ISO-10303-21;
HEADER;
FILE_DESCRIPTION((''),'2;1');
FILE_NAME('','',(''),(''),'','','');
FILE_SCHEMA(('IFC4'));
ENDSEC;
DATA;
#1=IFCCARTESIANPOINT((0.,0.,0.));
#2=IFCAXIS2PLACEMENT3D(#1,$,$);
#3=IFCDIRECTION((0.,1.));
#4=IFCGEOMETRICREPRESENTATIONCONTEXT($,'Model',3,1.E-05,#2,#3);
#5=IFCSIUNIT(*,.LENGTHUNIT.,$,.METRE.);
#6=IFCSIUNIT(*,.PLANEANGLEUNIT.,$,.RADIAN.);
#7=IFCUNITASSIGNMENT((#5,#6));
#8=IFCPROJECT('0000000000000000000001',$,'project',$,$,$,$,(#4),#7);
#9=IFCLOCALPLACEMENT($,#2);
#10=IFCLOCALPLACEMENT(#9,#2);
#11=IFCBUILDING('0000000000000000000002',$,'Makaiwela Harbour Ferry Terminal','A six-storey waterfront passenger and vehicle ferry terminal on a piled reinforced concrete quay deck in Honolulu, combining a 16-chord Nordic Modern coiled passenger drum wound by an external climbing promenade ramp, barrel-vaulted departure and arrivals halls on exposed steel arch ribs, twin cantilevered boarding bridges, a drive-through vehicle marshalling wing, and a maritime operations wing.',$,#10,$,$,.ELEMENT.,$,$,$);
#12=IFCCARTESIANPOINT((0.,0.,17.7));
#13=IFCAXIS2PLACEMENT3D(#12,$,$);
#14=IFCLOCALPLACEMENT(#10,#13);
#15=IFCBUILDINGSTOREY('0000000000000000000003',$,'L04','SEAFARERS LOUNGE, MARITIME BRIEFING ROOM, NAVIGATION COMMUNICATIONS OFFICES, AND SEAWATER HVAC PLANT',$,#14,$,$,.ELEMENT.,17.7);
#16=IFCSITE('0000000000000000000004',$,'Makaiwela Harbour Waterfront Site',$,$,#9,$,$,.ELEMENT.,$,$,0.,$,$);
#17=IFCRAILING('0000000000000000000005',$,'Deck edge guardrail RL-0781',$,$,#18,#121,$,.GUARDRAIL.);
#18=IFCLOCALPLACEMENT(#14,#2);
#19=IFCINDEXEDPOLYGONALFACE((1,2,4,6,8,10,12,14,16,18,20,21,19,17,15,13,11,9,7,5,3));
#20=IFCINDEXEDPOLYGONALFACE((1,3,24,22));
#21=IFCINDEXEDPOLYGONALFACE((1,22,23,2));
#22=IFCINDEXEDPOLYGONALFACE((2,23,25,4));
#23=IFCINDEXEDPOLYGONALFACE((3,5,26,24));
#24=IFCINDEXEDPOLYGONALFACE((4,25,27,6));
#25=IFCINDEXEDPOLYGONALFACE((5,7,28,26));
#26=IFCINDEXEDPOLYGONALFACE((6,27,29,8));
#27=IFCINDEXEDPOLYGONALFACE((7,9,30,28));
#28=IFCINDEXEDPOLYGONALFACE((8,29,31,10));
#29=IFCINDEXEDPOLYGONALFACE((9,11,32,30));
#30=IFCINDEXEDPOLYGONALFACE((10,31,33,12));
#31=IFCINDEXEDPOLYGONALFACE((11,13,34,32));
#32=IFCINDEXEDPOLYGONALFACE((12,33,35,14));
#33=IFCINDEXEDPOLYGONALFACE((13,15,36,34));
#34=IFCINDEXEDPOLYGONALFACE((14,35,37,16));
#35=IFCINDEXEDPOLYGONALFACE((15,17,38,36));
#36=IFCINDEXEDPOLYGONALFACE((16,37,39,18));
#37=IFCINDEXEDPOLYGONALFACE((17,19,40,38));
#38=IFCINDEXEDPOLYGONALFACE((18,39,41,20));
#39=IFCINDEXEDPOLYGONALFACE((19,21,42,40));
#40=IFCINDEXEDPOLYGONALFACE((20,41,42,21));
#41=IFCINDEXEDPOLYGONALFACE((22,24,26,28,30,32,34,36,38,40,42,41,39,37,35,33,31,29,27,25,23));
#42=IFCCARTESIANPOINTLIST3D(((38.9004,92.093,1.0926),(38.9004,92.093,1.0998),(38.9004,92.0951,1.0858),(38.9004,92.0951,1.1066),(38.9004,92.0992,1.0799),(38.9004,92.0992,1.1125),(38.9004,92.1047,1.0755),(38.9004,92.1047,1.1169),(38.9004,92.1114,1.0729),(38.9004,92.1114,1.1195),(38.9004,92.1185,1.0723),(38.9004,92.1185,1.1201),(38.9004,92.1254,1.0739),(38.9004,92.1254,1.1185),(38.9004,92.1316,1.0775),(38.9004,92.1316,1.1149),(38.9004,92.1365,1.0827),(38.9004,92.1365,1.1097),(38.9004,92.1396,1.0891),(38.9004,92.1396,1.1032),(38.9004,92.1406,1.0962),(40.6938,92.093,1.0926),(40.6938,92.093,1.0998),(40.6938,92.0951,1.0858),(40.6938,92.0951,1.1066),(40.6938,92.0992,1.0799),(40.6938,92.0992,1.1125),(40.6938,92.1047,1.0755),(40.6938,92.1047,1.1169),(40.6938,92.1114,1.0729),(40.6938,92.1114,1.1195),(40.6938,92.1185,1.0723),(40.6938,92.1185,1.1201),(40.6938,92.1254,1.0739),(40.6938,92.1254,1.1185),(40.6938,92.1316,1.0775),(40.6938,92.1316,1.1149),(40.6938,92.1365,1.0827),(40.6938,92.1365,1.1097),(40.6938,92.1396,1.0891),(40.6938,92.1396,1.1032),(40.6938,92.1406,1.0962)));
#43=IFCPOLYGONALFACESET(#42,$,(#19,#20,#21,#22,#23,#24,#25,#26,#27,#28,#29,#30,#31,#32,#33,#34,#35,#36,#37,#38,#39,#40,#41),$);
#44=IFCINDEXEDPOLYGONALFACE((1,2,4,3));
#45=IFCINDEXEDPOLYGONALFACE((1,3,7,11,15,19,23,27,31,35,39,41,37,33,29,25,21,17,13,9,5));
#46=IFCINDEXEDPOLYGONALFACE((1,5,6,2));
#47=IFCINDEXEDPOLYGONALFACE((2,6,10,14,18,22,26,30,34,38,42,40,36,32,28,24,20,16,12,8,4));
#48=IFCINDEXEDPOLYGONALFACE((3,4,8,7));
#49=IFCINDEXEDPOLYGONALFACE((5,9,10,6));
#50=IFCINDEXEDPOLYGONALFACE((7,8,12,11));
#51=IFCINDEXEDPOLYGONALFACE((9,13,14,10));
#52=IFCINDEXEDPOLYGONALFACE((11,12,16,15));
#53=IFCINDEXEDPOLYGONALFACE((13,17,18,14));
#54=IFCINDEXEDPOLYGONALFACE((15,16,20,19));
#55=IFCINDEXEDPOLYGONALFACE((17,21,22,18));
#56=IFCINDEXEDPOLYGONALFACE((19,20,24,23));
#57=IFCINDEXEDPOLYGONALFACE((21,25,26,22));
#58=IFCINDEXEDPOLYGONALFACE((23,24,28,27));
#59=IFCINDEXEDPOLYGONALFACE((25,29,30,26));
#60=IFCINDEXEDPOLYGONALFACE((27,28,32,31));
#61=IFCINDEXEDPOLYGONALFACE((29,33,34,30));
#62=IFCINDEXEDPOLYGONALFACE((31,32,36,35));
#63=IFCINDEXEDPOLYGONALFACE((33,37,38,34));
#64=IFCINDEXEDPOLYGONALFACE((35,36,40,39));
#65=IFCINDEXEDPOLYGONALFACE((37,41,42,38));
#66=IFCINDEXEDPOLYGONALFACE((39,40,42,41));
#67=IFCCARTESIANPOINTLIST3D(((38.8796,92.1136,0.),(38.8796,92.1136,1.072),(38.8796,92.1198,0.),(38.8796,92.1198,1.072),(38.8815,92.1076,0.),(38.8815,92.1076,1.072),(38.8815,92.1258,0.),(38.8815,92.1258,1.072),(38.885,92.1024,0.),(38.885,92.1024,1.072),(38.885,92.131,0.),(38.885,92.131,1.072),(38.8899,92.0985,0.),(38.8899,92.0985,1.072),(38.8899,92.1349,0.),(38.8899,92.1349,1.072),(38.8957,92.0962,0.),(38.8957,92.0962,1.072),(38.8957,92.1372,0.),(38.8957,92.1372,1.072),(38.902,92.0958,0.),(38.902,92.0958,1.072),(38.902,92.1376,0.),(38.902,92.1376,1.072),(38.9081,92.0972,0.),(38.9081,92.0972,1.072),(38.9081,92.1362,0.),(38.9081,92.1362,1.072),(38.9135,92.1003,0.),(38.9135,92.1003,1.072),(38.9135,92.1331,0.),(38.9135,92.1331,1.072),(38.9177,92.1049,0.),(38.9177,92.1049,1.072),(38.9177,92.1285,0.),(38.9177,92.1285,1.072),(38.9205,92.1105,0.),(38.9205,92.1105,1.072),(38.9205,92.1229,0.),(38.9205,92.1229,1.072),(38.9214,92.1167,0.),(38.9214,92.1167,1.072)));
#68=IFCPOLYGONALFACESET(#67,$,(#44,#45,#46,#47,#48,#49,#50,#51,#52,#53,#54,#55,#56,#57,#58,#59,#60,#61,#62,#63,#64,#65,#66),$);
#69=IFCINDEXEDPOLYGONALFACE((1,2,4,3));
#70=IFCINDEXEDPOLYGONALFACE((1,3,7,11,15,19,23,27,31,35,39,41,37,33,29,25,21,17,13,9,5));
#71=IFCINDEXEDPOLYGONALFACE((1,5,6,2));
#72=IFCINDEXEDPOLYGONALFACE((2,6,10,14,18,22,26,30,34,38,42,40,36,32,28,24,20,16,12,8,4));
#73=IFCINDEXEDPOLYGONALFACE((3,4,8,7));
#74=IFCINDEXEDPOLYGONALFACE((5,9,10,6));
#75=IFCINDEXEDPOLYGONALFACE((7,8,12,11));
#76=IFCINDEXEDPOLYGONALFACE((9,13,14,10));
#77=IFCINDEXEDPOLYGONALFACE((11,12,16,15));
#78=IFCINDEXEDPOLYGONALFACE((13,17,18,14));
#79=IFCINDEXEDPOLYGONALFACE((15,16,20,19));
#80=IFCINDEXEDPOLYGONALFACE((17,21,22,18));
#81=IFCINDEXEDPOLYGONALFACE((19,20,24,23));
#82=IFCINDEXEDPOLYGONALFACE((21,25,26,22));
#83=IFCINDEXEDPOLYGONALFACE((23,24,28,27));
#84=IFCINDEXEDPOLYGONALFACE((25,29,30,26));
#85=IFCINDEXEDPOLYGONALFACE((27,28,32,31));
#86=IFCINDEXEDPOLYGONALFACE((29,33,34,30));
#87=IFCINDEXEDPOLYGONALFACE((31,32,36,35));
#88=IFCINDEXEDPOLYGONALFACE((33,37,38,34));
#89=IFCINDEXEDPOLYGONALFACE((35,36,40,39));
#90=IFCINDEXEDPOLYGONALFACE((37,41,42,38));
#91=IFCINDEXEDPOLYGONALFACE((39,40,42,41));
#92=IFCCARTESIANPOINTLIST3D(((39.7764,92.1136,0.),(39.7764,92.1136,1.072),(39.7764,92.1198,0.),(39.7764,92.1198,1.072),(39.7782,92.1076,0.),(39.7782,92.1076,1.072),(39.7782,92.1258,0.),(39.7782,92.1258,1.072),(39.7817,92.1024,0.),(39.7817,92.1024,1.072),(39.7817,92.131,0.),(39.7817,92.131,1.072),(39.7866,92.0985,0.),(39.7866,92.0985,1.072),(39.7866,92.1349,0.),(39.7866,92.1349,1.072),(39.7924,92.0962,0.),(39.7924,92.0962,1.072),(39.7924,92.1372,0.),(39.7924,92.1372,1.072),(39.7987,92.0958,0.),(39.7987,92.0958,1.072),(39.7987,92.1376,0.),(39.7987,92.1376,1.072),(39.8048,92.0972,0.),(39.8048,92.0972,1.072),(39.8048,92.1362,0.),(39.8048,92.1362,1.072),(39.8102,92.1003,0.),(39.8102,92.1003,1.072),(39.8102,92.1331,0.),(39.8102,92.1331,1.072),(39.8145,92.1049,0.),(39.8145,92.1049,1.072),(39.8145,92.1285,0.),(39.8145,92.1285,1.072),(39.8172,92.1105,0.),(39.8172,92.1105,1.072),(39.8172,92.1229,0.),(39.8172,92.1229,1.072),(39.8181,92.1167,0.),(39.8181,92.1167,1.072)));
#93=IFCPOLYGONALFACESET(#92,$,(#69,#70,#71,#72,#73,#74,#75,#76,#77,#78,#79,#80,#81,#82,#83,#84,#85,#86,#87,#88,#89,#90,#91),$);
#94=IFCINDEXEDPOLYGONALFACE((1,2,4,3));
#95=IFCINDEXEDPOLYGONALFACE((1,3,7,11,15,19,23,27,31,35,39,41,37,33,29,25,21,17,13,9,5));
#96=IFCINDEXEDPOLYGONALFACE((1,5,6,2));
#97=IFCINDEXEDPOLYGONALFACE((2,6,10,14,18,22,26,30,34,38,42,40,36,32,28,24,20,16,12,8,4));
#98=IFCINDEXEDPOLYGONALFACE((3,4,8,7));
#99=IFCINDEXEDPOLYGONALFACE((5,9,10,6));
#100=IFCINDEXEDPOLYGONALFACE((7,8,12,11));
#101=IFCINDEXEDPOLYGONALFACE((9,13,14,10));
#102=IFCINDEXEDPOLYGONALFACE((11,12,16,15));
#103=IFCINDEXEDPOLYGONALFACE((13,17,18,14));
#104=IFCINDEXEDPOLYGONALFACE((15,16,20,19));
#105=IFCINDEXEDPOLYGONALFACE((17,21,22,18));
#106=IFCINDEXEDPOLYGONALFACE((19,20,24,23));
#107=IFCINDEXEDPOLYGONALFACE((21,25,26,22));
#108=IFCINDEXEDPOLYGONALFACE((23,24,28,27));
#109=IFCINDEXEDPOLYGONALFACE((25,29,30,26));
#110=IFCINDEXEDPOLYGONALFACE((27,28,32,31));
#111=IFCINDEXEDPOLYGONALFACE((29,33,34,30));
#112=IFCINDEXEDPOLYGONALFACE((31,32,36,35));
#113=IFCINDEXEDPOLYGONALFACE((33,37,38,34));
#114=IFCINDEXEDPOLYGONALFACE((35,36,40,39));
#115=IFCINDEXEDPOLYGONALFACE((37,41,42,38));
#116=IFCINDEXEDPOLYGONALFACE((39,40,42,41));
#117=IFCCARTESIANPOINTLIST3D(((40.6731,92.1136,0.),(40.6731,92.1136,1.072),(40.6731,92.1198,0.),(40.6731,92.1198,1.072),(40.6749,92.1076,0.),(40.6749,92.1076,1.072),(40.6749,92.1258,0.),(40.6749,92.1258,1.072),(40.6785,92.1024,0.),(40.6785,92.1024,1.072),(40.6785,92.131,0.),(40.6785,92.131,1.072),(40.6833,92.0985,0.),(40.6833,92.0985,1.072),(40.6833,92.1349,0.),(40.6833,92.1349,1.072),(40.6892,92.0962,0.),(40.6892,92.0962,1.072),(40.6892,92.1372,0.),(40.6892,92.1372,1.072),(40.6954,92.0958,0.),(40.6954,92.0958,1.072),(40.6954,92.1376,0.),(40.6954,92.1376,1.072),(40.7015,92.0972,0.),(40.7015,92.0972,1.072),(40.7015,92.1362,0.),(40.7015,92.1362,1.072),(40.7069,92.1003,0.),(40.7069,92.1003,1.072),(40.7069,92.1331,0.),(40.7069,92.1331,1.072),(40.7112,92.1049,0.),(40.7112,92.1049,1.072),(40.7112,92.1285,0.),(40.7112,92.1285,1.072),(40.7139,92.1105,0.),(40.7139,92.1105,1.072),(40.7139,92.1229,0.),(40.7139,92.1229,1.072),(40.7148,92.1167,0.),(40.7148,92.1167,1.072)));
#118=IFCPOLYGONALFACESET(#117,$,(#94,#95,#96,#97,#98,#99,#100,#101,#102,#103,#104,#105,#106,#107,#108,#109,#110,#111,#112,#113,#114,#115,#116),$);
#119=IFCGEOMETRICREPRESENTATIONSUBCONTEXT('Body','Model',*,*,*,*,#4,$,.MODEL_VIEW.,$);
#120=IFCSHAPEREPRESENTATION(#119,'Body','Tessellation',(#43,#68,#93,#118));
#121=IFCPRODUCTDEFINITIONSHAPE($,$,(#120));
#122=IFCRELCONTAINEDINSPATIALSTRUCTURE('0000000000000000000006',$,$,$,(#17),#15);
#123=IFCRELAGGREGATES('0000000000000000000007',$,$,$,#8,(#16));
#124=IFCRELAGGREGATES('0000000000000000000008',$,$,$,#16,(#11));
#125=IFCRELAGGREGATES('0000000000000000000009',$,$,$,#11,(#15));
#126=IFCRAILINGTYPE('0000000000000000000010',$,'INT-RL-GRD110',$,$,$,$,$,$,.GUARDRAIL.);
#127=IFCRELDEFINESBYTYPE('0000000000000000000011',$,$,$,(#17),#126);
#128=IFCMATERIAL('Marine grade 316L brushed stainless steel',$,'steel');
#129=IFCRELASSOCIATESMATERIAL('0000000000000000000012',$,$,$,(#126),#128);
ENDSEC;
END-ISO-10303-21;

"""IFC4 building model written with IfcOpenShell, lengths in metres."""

from ifc_helpers import new_model, si_unit, direction, frame, origin, origin_2d, place, context, subcontext, project, spatial, circle, extrude, material, type_object, element, save


model = new_model("IFC4")

# Units and contexts
model_context = context("Model", 3, precision=1e-05, world=origin(), true_north=direction((0.0, 1.0)))
body_context = subcontext(model_context, "Body", "Model", "MODEL_VIEW")
ifc_project = project(units=[si_unit("LENGTHUNIT", "METRE"), si_unit("PLANEANGLEUNIT", "RADIAN")], contexts=[model_context])

# Site, building, storey
site_placement = place(None, origin())
site = spatial("IfcSite", under=ifc_project, at=site_placement, Name="Makaiwela Harbour Waterfront Site", CompositionType="ELEMENT", RefElevation=0.0)
building_placement = place(site_placement, origin())
building = spatial("IfcBuilding", under=site, at=building_placement, Name="Makaiwela Harbour Ferry Terminal", Description="A six-storey waterfront passenger and vehicle ferry terminal on a piled reinforced concrete quay deck in Honolulu, combining a 16-chord Nordic Modern coiled passenger drum wound by an external climbing promenade ramp, barrel-vaulted departure and arrivals halls on exposed steel arch ribs, twin cantilevered boarding bridges, a drive-through vehicle marshalling wing, and a maritime operations wing.", CompositionType="ELEMENT")
storey_placement = place(building_placement, frame((0.0, 0.0, 17.7)))
storey = spatial("IfcBuildingStorey", under=building, at=storey_placement, Name="L04", Description="SEAFARERS LOUNGE, MARITIME BRIEFING ROOM, NAVIGATION COMMUNICATIONS OFFICES, AND SEAWATER HVAC PLANT", CompositionType="ELEMENT", Elevation=17.7)

# Railing
ifc_material_1 = material(Name="Marine grade 316L brushed stainless steel", Category="steel")
railing_type = type_object("IfcRailingType", Name="INT-RL-GRD110", PredefinedType="GUARDRAIL", material=ifc_material_1)
for number, where, name in (
    (1, (38.9004, 92.1167, 0.0), "Deck edge guardrail RL-0781"),
):
    element("IfcRailing", number, at=place(storey_placement, frame(where)), inside=storey, type_object=railing_type, Name=name, PredefinedType="GUARDRAIL", context=body_context, shape_type="SweptSolid", body=[
        extrude(circle(Radius=0.0239, at=origin_2d()), frame((0.0, 0.0, 1.0962), z_axis=(1.0, 0.0, 0.0), x_axis=(0.0, 1.0, 0.0)), (0.0, 0.0, 1.0), 1.7935),
        extrude(circle(Radius=0.021, at=origin_2d()), origin(), (0.0, 0.0, 1.0), 1.072),
        extrude(circle(Radius=0.021, at=origin_2d()), frame((0.8967, 0.0, 0.0)), (0.0, 0.0, 1.0), 1.072),
        extrude(circle(Radius=0.021, at=origin_2d()), frame((1.7935, 0.0, 0.0)), (0.0, 0.0, 1.0), 1.072),
    ])

save(model, "model.ifc")
